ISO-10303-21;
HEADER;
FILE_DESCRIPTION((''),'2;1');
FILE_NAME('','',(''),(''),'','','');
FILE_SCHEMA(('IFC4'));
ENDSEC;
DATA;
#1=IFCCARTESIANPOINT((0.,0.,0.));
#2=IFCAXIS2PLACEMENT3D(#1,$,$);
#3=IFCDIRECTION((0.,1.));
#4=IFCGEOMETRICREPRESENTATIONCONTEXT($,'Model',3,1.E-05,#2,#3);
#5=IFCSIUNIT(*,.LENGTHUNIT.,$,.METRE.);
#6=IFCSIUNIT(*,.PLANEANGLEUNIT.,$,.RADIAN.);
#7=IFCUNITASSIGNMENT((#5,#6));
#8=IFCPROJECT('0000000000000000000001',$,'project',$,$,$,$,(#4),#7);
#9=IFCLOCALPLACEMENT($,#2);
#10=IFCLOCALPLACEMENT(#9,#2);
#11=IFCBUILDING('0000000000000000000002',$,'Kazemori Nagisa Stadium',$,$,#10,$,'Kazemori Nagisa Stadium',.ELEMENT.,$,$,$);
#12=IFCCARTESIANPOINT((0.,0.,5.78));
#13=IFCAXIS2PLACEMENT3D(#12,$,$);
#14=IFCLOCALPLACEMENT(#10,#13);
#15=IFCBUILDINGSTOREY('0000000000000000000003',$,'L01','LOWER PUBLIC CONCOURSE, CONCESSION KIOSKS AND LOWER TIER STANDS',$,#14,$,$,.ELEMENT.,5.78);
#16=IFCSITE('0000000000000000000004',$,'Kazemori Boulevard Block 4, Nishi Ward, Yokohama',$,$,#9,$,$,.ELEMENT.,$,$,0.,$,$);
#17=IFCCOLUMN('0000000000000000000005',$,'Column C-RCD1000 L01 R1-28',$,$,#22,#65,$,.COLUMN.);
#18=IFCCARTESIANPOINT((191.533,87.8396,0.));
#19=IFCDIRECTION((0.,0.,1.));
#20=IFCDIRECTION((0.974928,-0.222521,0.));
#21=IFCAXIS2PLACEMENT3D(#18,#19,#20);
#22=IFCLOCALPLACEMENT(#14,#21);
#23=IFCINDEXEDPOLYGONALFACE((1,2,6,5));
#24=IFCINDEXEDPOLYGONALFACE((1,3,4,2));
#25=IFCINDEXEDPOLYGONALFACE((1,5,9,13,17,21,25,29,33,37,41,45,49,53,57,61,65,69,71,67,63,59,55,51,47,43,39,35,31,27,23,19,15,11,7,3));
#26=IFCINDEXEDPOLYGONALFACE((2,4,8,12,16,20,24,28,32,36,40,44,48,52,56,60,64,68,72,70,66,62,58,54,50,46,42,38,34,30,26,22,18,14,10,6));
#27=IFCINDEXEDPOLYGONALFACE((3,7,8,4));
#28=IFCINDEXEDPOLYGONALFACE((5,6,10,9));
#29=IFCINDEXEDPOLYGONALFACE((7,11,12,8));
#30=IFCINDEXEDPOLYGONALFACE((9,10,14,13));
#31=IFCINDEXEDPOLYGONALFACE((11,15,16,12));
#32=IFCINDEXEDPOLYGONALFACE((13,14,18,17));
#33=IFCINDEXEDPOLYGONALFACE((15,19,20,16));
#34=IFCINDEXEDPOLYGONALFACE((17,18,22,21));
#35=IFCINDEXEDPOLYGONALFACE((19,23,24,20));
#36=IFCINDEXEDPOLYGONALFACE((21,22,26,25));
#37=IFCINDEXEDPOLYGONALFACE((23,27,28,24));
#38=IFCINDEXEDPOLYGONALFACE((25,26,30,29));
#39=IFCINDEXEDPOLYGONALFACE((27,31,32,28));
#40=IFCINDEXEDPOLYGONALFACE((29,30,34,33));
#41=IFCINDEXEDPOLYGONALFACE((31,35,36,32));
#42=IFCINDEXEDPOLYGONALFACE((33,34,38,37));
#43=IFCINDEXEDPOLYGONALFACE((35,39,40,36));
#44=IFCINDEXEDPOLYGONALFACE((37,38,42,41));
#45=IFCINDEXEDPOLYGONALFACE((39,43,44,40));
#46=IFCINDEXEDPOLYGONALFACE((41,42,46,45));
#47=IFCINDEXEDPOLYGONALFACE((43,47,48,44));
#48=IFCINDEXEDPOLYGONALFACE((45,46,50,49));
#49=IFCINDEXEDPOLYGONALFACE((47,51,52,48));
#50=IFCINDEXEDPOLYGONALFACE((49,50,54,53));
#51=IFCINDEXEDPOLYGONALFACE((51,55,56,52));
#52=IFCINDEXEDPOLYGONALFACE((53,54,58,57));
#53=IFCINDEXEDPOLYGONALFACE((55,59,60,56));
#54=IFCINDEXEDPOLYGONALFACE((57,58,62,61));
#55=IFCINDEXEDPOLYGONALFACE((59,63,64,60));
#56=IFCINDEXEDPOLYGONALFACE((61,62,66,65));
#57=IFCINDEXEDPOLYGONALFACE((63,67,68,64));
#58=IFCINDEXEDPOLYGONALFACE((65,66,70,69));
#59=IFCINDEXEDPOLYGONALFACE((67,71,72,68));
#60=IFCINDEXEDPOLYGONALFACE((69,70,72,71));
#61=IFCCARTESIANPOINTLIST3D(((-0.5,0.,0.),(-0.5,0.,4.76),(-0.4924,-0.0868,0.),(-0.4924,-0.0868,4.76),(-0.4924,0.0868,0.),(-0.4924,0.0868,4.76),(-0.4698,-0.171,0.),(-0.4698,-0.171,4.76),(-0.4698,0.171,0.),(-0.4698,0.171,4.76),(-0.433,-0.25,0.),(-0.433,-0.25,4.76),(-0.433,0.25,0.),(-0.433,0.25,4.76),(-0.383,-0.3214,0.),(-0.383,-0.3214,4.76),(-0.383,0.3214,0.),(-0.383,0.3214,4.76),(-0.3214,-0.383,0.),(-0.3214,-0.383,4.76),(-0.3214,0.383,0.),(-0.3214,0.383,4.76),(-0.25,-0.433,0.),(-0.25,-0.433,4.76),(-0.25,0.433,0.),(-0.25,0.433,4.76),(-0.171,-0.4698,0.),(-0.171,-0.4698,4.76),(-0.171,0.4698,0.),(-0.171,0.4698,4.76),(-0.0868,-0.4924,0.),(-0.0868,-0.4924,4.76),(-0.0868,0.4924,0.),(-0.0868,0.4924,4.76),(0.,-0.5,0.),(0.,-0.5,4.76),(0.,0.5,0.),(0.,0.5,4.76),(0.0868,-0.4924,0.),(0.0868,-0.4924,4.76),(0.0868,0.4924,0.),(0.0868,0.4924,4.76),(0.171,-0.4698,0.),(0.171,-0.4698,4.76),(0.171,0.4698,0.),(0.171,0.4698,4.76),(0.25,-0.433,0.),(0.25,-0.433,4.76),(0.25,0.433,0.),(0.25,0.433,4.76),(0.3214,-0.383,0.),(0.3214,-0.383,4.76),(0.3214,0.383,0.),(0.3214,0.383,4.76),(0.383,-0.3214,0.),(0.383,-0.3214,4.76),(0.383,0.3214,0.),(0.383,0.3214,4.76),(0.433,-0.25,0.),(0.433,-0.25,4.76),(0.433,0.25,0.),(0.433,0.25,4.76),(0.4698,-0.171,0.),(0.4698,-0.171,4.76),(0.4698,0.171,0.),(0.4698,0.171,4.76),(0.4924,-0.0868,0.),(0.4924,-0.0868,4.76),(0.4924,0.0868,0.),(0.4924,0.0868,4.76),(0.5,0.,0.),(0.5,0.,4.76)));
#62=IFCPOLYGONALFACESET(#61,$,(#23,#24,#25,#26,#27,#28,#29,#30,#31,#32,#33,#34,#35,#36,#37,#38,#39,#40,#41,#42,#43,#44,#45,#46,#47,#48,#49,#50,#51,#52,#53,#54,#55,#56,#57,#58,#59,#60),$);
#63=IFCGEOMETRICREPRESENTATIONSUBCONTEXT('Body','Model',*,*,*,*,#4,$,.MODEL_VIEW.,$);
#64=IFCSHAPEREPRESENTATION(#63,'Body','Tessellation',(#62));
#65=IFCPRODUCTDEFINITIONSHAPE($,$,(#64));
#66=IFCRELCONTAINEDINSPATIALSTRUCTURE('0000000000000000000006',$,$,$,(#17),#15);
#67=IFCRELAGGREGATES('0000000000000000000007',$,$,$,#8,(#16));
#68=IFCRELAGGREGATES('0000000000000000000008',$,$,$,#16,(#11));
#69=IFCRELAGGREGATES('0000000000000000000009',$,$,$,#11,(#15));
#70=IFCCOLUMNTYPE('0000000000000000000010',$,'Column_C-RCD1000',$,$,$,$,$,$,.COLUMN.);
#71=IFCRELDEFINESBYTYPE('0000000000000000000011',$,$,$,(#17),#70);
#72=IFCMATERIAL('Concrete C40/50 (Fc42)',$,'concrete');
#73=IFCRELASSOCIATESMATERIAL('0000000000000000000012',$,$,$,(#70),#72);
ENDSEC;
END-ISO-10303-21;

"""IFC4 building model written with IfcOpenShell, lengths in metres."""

from ifc_helpers import new_model, si_unit, direction, frame, origin, origin_2d, place, context, subcontext, project, spatial, circle, extrude, material, material_profile, profile_set, type_object, element, save


model = new_model("IFC4")

# Units and contexts
model_context = context("Model", 3, precision=1e-05, world=origin(), true_north=direction((0.0, 1.0)))
body_context = subcontext(model_context, "Body", "Model", "MODEL_VIEW")
ifc_project = project(units=[si_unit("LENGTHUNIT", "METRE"), si_unit("PLANEANGLEUNIT", "RADIAN")], contexts=[model_context])

# Site, building, storey
site_placement = place(None, origin())
site = spatial("IfcSite", under=ifc_project, at=site_placement, Name="Kazemori Boulevard Block 4, Nishi Ward, Yokohama", CompositionType="ELEMENT", RefElevation=0.0)
building_placement = place(site_placement, origin())
building = spatial("IfcBuilding", under=site, at=building_placement, Name="Kazemori Nagisa Stadium", LongName="Kazemori Nagisa Stadium", CompositionType="ELEMENT")
storey_placement = place(building_placement, frame((0.0, 0.0, 5.78)))
storey = spatial("IfcBuildingStorey", under=building, at=storey_placement, Name="L01", Description="LOWER PUBLIC CONCOURSE, CONCESSION KIOSKS AND LOWER TIER STANDS", CompositionType="ELEMENT", Elevation=5.78)

# Column
ifc_material_1 = material(Name="Concrete C40/50 (Fc42)", Category="concrete")
ifc_material_profile_1 = material_profile(ifc_material_1, circle(Radius=0.5, at=origin_2d()), Name="RC-COL-D1000")
ifc_profile_set_1 = profile_set([ifc_material_profile_1], Name="Concrete C40/50 (Fc42)")
column_type = type_object("IfcColumnType", Name="Column_C-RCD1000", PredefinedType="COLUMN", material=ifc_profile_set_1)
for number, where, z_axis, x_axis, name in (
    (1, (191.533, 87.8396, 0.0), (0.0, 0.0, 1.0), (0.974928, -0.222521, 0.0), "Column C-RCD1000 L01 R1-28"),
):
    element("IfcColumn", number, at=place(storey_placement, frame(where, z_axis=z_axis, x_axis=x_axis)), inside=storey, type_object=column_type, Name=name, PredefinedType="COLUMN", context=body_context, shape_type="SweptSolid", body=[
        extrude(circle(Radius=0.5, at=origin_2d()), origin(), (0.0, 0.0, 1.0), 4.76),
    ])

save(model, "model.ifc")
